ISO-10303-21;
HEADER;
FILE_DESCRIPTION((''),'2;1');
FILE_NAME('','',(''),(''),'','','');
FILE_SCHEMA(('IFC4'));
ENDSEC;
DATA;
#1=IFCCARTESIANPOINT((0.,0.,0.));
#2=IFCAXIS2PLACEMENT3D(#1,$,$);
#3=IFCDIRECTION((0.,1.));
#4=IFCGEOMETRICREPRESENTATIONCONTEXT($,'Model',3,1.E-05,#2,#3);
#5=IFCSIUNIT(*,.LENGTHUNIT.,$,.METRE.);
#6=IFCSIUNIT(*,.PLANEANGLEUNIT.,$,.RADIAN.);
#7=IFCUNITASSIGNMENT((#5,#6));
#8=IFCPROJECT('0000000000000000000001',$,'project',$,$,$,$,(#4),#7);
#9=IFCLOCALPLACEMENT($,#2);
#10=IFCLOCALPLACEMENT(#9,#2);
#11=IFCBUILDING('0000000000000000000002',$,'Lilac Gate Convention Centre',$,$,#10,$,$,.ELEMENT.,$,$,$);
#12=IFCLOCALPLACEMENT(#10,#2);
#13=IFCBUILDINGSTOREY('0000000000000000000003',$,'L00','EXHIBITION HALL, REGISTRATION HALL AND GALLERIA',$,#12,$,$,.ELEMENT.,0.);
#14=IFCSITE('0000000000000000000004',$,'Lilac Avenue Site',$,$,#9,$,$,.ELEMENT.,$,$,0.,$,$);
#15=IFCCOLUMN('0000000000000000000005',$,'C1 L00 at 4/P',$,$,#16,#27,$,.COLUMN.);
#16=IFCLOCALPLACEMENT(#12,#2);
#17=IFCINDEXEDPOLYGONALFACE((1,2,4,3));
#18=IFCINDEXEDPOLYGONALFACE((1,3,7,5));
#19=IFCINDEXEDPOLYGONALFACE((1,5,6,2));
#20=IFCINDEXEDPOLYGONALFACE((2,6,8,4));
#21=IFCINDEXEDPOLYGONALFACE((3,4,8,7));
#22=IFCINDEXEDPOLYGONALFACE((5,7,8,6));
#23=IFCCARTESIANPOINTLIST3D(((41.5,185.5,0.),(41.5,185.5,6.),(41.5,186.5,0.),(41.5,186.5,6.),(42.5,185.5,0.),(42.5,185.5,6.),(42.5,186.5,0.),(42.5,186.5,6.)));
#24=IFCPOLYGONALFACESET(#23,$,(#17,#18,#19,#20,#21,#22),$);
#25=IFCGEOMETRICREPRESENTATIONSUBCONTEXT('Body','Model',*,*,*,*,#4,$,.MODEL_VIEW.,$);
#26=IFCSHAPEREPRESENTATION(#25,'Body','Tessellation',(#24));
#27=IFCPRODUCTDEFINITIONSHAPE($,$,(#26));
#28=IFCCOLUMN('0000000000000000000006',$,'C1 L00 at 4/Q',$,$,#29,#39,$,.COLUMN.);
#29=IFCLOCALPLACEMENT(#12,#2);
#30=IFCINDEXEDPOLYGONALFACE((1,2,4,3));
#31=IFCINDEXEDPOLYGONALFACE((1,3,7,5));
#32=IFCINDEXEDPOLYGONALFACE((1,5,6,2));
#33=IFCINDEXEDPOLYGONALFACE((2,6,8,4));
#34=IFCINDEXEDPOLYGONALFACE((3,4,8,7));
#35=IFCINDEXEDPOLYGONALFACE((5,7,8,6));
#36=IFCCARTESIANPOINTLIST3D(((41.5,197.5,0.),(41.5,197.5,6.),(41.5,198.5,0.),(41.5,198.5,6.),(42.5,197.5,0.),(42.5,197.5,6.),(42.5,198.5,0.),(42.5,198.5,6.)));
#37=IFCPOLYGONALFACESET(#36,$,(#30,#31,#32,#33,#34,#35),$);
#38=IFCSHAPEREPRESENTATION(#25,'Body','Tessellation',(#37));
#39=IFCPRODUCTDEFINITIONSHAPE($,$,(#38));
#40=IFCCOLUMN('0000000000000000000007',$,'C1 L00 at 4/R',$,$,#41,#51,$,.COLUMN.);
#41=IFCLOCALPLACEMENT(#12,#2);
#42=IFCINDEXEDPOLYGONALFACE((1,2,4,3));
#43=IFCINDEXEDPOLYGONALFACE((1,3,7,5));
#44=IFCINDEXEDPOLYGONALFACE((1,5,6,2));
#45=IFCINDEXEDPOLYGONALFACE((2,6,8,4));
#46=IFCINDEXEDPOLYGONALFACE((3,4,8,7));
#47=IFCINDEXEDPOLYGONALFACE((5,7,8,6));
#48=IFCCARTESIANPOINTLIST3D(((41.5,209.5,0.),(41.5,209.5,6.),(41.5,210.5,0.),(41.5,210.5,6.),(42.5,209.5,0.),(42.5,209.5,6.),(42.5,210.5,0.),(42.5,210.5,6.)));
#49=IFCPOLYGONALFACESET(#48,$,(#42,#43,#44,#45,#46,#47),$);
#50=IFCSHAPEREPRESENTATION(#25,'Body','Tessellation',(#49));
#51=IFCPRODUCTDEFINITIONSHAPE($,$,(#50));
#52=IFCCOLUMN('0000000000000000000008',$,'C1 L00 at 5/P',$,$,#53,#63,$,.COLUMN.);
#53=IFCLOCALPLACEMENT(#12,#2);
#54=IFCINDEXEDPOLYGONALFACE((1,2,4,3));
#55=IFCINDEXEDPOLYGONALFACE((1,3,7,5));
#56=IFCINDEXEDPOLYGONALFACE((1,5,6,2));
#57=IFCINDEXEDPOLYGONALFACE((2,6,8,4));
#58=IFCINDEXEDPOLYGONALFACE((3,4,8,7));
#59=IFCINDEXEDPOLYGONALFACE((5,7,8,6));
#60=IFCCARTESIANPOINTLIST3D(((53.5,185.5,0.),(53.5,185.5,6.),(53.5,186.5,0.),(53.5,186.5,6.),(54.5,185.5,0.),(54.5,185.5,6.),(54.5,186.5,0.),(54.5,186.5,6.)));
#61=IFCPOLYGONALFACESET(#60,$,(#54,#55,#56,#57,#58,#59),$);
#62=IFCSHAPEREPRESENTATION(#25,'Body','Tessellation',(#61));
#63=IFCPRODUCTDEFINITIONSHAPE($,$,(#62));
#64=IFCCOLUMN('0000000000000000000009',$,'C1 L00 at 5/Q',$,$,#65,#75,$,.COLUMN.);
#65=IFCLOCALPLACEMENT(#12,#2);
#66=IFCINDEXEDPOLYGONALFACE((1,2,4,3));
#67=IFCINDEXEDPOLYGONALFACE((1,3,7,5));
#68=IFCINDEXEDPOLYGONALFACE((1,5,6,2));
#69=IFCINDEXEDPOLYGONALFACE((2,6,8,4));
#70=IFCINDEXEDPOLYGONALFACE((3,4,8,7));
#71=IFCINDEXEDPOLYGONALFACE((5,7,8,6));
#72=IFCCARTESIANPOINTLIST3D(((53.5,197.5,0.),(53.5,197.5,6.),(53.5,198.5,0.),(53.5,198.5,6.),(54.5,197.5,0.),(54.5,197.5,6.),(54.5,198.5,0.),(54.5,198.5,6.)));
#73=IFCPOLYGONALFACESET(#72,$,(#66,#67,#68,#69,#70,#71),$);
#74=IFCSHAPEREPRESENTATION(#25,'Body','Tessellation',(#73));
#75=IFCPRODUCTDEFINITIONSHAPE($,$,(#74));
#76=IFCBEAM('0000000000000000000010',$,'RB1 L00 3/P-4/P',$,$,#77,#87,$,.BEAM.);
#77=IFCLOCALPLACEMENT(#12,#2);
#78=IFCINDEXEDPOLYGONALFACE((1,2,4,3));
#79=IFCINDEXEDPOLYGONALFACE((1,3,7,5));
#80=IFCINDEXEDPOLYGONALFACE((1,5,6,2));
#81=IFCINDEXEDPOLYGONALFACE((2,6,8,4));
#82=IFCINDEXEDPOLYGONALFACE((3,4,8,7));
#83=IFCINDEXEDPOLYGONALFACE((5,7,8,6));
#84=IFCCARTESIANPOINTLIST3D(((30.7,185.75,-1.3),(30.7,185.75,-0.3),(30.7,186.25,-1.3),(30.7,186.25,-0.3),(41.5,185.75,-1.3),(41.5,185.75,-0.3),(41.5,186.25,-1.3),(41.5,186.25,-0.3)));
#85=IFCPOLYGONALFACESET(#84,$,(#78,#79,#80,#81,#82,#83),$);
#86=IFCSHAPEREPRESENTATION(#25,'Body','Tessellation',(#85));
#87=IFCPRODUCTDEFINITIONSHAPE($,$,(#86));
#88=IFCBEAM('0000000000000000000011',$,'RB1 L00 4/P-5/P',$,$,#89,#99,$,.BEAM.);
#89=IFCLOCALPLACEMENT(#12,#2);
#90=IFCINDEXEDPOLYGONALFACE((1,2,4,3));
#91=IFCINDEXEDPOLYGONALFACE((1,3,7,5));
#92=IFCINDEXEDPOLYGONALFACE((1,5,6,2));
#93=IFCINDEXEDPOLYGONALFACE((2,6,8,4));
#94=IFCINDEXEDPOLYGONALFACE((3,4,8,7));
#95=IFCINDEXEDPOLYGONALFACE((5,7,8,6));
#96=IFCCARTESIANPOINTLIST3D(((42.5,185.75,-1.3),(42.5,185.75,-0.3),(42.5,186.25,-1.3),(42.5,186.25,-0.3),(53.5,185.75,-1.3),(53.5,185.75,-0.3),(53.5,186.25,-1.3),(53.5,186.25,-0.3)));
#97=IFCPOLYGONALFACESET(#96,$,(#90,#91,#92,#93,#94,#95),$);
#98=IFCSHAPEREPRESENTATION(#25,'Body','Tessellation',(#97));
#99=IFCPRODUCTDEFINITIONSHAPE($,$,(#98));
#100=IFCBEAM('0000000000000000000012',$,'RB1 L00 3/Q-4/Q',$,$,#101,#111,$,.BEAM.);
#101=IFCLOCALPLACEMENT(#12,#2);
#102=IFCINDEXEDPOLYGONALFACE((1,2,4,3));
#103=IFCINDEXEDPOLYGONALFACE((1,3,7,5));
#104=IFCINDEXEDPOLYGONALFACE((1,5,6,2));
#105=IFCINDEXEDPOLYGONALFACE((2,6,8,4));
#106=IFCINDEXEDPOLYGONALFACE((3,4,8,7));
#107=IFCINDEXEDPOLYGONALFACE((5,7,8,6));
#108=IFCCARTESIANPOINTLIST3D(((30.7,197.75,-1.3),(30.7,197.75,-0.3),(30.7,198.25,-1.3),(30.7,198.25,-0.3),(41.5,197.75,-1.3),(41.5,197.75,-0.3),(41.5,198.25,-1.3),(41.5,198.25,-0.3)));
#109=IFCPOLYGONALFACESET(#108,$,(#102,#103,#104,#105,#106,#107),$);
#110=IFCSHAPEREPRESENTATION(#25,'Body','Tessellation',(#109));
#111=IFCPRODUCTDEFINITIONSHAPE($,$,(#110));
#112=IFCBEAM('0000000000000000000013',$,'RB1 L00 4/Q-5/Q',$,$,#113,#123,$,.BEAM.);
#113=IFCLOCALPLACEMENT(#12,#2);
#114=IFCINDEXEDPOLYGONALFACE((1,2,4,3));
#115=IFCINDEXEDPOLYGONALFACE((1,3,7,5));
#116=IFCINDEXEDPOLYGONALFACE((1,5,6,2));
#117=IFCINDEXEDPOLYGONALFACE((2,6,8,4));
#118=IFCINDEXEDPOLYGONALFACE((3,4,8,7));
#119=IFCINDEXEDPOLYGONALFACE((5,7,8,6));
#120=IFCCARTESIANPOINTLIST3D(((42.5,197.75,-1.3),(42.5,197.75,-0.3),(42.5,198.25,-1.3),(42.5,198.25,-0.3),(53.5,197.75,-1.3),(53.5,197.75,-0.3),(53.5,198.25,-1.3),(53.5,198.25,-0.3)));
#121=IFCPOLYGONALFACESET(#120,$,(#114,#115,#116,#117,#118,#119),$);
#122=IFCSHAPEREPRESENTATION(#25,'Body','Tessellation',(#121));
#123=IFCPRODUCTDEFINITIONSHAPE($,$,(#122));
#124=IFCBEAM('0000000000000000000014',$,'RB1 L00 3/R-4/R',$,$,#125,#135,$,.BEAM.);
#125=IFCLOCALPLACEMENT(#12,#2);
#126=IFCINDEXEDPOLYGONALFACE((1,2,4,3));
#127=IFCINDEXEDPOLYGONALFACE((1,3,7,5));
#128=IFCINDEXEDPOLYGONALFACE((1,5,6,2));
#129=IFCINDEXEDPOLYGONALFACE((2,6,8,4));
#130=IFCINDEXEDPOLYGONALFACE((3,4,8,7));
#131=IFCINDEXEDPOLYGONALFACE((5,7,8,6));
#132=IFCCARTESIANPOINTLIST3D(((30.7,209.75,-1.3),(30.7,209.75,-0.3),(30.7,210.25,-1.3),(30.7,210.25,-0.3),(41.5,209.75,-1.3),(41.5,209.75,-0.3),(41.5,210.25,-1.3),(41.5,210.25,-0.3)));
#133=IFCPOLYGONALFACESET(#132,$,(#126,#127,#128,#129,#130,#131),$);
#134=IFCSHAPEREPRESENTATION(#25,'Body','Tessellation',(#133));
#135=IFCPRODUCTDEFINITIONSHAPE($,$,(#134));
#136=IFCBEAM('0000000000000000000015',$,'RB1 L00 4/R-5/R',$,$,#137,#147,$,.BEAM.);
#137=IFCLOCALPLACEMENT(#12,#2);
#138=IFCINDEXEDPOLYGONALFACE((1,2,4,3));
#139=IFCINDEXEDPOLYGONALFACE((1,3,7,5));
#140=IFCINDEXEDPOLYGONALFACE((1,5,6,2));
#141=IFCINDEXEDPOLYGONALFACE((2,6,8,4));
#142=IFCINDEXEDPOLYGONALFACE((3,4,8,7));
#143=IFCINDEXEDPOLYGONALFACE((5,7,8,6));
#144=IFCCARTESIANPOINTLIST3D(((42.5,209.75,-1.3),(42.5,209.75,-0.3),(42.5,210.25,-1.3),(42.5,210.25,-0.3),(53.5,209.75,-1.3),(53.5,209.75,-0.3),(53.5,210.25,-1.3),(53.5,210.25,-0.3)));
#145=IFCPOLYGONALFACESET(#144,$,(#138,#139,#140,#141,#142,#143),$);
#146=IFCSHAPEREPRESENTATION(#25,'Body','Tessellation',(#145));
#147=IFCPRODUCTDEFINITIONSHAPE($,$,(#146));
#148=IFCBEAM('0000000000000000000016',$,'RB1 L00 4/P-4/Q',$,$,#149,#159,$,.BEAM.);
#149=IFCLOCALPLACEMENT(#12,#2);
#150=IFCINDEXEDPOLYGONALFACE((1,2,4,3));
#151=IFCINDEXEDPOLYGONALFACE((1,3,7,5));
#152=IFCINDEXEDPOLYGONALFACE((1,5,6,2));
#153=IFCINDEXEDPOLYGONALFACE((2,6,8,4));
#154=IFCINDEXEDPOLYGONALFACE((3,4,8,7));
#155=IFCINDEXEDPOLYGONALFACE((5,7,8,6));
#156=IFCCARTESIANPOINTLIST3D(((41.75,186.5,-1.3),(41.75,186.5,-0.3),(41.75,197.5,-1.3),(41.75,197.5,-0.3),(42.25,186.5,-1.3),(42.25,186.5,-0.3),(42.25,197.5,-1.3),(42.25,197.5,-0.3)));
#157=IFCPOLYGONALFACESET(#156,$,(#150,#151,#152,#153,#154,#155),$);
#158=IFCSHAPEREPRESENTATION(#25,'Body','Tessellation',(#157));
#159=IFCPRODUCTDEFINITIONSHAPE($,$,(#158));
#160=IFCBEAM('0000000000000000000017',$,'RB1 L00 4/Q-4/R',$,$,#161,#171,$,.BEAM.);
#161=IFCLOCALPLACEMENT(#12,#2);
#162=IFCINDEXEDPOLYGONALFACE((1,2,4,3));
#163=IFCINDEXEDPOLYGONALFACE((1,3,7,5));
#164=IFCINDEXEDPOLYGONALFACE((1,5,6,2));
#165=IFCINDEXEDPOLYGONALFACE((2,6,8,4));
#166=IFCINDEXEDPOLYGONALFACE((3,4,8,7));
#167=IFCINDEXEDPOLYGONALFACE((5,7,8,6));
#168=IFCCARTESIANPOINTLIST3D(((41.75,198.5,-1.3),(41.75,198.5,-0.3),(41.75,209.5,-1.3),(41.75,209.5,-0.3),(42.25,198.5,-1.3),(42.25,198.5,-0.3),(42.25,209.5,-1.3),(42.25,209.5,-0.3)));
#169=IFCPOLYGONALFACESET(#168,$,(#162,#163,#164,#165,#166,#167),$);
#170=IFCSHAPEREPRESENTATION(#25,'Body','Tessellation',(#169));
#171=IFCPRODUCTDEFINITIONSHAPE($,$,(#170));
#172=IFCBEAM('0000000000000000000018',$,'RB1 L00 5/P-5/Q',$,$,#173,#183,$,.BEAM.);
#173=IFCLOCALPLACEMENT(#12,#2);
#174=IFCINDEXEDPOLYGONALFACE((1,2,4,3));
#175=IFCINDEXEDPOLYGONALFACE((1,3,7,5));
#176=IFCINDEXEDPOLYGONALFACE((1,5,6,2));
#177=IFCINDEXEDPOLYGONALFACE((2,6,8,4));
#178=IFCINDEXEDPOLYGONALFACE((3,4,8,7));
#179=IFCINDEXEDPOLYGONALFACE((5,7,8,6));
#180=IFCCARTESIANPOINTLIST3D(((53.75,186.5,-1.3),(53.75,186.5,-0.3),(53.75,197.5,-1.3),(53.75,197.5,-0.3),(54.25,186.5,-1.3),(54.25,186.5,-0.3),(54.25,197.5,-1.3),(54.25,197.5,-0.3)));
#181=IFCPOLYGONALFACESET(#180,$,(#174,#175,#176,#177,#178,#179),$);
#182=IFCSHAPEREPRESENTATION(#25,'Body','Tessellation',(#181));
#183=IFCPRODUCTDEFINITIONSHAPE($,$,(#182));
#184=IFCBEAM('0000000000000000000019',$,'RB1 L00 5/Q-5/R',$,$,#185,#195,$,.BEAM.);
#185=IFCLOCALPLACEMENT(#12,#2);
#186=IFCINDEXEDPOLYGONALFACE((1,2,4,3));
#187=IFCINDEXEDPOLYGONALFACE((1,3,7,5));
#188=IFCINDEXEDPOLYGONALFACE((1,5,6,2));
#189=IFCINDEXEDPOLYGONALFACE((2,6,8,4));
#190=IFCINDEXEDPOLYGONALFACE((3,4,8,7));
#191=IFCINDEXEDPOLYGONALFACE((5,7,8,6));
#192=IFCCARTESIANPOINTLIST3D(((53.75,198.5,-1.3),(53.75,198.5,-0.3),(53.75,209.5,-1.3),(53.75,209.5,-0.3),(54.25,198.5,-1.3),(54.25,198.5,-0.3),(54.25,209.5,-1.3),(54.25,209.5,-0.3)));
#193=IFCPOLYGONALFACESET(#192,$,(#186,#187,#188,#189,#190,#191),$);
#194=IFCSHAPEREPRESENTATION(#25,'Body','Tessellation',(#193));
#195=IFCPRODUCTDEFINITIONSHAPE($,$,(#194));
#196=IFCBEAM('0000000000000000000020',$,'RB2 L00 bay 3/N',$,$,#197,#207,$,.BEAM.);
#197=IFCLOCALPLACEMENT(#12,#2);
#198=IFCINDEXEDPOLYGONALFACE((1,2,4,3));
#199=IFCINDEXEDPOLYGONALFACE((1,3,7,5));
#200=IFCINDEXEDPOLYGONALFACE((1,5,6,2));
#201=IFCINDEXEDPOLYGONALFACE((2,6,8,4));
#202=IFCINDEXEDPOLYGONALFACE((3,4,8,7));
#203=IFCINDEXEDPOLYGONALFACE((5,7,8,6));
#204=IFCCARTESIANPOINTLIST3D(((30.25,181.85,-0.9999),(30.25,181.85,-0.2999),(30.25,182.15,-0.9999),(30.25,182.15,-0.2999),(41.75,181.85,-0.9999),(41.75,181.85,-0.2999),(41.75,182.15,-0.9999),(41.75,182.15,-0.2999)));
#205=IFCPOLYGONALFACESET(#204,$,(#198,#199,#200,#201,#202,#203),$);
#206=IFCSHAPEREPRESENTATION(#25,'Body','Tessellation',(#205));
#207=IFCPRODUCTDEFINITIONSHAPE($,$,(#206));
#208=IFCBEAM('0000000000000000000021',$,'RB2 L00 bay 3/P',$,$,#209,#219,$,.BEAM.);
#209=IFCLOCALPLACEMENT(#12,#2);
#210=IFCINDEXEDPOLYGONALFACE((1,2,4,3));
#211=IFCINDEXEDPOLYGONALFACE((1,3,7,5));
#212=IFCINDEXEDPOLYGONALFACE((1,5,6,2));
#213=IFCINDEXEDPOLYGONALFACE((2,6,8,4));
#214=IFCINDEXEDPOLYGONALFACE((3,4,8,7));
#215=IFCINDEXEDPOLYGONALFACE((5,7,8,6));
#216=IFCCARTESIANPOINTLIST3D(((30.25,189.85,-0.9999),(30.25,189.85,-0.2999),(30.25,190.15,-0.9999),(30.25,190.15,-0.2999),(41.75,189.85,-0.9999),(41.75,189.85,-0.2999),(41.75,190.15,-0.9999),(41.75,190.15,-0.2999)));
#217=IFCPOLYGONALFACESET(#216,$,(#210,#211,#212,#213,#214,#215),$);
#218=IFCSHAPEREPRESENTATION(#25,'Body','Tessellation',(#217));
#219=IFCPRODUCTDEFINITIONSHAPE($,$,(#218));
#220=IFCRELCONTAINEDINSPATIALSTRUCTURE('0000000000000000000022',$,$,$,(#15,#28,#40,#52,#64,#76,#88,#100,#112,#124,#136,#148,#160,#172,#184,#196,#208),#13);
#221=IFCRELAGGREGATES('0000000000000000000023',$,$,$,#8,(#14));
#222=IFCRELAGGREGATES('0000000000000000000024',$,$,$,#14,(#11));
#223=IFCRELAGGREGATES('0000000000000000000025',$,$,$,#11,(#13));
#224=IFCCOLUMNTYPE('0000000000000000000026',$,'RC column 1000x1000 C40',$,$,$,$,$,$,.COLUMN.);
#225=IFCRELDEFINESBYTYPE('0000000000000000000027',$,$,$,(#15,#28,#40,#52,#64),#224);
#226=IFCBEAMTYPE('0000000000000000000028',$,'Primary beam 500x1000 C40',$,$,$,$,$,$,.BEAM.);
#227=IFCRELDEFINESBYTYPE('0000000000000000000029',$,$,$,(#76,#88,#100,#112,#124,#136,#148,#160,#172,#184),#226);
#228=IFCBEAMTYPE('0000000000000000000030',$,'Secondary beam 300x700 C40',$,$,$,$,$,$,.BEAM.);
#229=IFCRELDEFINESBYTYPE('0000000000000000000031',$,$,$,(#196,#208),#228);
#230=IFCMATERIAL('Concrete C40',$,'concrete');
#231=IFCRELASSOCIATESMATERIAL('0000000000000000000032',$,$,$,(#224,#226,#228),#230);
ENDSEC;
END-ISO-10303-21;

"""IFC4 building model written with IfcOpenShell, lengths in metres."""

from ifc_helpers import new_model, si_unit, direction, frame, origin, origin_2d, place, context, subcontext, project, spatial, rectangle, extrude, material, material_profile, profile_set, type_object, element, save


model = new_model("IFC4")

# Units and contexts
model_context = context("Model", 3, precision=1e-05, world=origin(), true_north=direction((0.0, 1.0)))
body_context = subcontext(model_context, "Body", "Model", "MODEL_VIEW")
ifc_project = project(units=[si_unit("LENGTHUNIT", "METRE"), si_unit("PLANEANGLEUNIT", "RADIAN")], contexts=[model_context])

# Site, building, storey
site_placement = place(None, origin())
site = spatial("IfcSite", under=ifc_project, at=site_placement, Name="Lilac Avenue Site", CompositionType="ELEMENT", RefElevation=0.0)
building_placement = place(site_placement, origin())
building = spatial("IfcBuilding", under=site, at=building_placement, Name="Lilac Gate Convention Centre", CompositionType="ELEMENT")
storey_placement = place(building_placement, origin())
storey = spatial("IfcBuildingStorey", under=building, at=storey_placement, Name="L00", Description="EXHIBITION HALL, REGISTRATION HALL AND GALLERIA", CompositionType="ELEMENT", Elevation=0.0)

# Columns
ifc_material_1 = material(Name="Concrete C40", Category="concrete")
ifc_material_profile_1 = material_profile(ifc_material_1, rectangle(XDim=1.0, YDim=1.0, at=origin_2d()), Name="RC 1000x1000")
ifc_profile_set_1 = profile_set([ifc_material_profile_1], Name="Concrete C40")
column_type = type_object("IfcColumnType", Name="RC column 1000x1000 C40", PredefinedType="COLUMN", material=ifc_profile_set_1)
for number, where, z_axis, x_axis, name in (
    (1, (42.0, 186.0, 0.0), (0.0, 0.0, 1.0), (1.0, 0.0, 0.0), "C1 L00 at 4/P"),
    (2, (42.0, 198.0, 0.0), (0.0, 0.0, 1.0), (1.0, 0.0, 0.0), "C1 L00 at 4/Q"),
    (3, (42.0, 210.0, 0.0), (0.0, 0.0, 1.0), (1.0, 0.0, 0.0), "C1 L00 at 4/R"),
    (4, (54.0, 186.0, 0.0), (0.0, 0.0, 1.0), (1.0, 0.0, 0.0), "C1 L00 at 5/P"),
    (5, (54.0, 198.0, 0.0), (0.0, 0.0, 1.0), (1.0, 0.0, 0.0), "C1 L00 at 5/Q"),
):
    element("IfcColumn", number, at=place(storey_placement, frame(where, z_axis=z_axis, x_axis=x_axis)), inside=storey, type_object=column_type, Name=name, PredefinedType="COLUMN", context=body_context, shape_type="SweptSolid", body=[
        extrude(rectangle(XDim=1.0, YDim=1.0, at=origin_2d()), origin(), (0.0, 0.0, 1.0), 6.0),
    ])

# Beams
ifc_material_profile_2 = material_profile(ifc_material_1, rectangle(XDim=0.5, YDim=1.0, at=origin_2d()), Name="RC 500x1000")
ifc_profile_set_2 = profile_set([ifc_material_profile_2], Name="Concrete C40")
beam_type_1 = type_object("IfcBeamType", Name="Primary beam 500x1000 C40", PredefinedType="BEAM", material=ifc_profile_set_2)
beam_1_placement = place(storey_placement, frame((30.7, 186.0, -0.8), z_axis=(1.0, 0.0, 0.0), x_axis=(0.0, 1.0, 0.0)))
element("IfcBeam", 6, at=beam_1_placement, inside=storey, type_object=beam_type_1, Name="RB1 L00 3/P-4/P", PredefinedType="BEAM", context=body_context, shape_type="SweptSolid", body=[
    extrude(rectangle(XDim=0.5, YDim=1.0, at=origin_2d()), origin(), (0.0, 0.0, 1.0), 10.8),
])
beam_2_placement = place(storey_placement, frame((42.5, 186.0, -0.8), z_axis=(1.0, 0.0, 0.0), x_axis=(0.0, 1.0, 0.0)))
element("IfcBeam", 7, at=beam_2_placement, inside=storey, type_object=beam_type_1, Name="RB1 L00 4/P-5/P", PredefinedType="BEAM", context=body_context, shape_type="SweptSolid", body=[
    extrude(rectangle(XDim=0.5, YDim=1.0, at=origin_2d()), origin(), (0.0, 0.0, 1.0), 11.0),
])
beam_3_placement = place(storey_placement, frame((30.7, 198.0, -0.8), z_axis=(1.0, 0.0, 0.0), x_axis=(0.0, 1.0, 0.0)))
element("IfcBeam", 8, at=beam_3_placement, inside=storey, type_object=beam_type_1, Name="RB1 L00 3/Q-4/Q", PredefinedType="BEAM", context=body_context, shape_type="SweptSolid", body=[
    extrude(rectangle(XDim=0.5, YDim=1.0, at=origin_2d()), origin(), (0.0, 0.0, 1.0), 10.8),
])
beam_4_placement = place(storey_placement, frame((42.5, 198.0, -0.8), z_axis=(1.0, 0.0, 0.0), x_axis=(0.0, 1.0, 0.0)))
element("IfcBeam", 9, at=beam_4_placement, inside=storey, type_object=beam_type_1, Name="RB1 L00 4/Q-5/Q", PredefinedType="BEAM", context=body_context, shape_type="SweptSolid", body=[
    extrude(rectangle(XDim=0.5, YDim=1.0, at=origin_2d()), origin(), (0.0, 0.0, 1.0), 11.0),
])
beam_5_placement = place(storey_placement, frame((30.7, 210.0, -0.8), z_axis=(1.0, 0.0, 0.0), x_axis=(0.0, 1.0, 0.0)))
element("IfcBeam", 10, at=beam_5_placement, inside=storey, type_object=beam_type_1, Name="RB1 L00 3/R-4/R", PredefinedType="BEAM", context=body_context, shape_type="SweptSolid", body=[
    extrude(rectangle(XDim=0.5, YDim=1.0, at=origin_2d()), origin(), (0.0, 0.0, 1.0), 10.8),
])
for number, where, z_axis, x_axis, name in (
    (11, (42.5, 210.0, -0.8), (1.0, 0.0, 0.0), (0.0, 1.0, 0.0), "RB1 L00 4/R-5/R"),
    (12, (42.0, 186.5, -0.8), (0.0, 1.0, 0.0), (-1.0, 0.0, 0.0), "RB1 L00 4/P-4/Q"),
    (13, (42.0, 198.5, -0.8), (0.0, 1.0, 0.0), (-1.0, 0.0, 0.0), "RB1 L00 4/Q-4/R"),
    (14, (54.0, 186.5, -0.8), (0.0, 1.0, 0.0), (-1.0, 0.0, 0.0), "RB1 L00 5/P-5/Q"),
    (15, (54.0, 198.5, -0.8), (0.0, 1.0, 0.0), (-1.0, 0.0, 0.0), "RB1 L00 5/Q-5/R"),
):
    element("IfcBeam", number, at=place(storey_placement, frame(where, z_axis=z_axis, x_axis=x_axis)), inside=storey, type_object=beam_type_1, Name=name, PredefinedType="BEAM", context=body_context, shape_type="SweptSolid", body=[
        extrude(rectangle(XDim=0.5, YDim=1.0, at=origin_2d()), origin(), (0.0, 0.0, 1.0), 11.0),
    ])
ifc_material_profile_3 = material_profile(ifc_material_1, rectangle(XDim=0.3, YDim=0.7, at=origin_2d()), Name="RC 300x700")
ifc_profile_set_3 = profile_set([ifc_material_profile_3], Name="Concrete C40")
beam_type_2 = type_object("IfcBeamType", Name="Secondary beam 300x700 C40", PredefinedType="BEAM", material=ifc_profile_set_3)
for number, where, z_axis, x_axis, name in (
    (16, (30.25, 182.0, -0.6499), (1.0, 0.0, 0.0), (0.0, 1.0, 0.0), "RB2 L00 bay 3/N"),
    (17, (30.25, 190.0, -0.6499), (1.0, 0.0, 0.0), (0.0, 1.0, 0.0), "RB2 L00 bay 3/P"),
):
    element("IfcBeam", number, at=place(storey_placement, frame(where, z_axis=z_axis, x_axis=x_axis)), inside=storey, type_object=beam_type_2, Name=name, PredefinedType="BEAM", context=body_context, shape_type="SweptSolid", body=[
        extrude(rectangle(XDim=0.3, YDim=0.7, at=origin_2d()), origin(), (0.0, 0.0, 1.0), 11.5),
    ])

save(model, "model.ifc")
